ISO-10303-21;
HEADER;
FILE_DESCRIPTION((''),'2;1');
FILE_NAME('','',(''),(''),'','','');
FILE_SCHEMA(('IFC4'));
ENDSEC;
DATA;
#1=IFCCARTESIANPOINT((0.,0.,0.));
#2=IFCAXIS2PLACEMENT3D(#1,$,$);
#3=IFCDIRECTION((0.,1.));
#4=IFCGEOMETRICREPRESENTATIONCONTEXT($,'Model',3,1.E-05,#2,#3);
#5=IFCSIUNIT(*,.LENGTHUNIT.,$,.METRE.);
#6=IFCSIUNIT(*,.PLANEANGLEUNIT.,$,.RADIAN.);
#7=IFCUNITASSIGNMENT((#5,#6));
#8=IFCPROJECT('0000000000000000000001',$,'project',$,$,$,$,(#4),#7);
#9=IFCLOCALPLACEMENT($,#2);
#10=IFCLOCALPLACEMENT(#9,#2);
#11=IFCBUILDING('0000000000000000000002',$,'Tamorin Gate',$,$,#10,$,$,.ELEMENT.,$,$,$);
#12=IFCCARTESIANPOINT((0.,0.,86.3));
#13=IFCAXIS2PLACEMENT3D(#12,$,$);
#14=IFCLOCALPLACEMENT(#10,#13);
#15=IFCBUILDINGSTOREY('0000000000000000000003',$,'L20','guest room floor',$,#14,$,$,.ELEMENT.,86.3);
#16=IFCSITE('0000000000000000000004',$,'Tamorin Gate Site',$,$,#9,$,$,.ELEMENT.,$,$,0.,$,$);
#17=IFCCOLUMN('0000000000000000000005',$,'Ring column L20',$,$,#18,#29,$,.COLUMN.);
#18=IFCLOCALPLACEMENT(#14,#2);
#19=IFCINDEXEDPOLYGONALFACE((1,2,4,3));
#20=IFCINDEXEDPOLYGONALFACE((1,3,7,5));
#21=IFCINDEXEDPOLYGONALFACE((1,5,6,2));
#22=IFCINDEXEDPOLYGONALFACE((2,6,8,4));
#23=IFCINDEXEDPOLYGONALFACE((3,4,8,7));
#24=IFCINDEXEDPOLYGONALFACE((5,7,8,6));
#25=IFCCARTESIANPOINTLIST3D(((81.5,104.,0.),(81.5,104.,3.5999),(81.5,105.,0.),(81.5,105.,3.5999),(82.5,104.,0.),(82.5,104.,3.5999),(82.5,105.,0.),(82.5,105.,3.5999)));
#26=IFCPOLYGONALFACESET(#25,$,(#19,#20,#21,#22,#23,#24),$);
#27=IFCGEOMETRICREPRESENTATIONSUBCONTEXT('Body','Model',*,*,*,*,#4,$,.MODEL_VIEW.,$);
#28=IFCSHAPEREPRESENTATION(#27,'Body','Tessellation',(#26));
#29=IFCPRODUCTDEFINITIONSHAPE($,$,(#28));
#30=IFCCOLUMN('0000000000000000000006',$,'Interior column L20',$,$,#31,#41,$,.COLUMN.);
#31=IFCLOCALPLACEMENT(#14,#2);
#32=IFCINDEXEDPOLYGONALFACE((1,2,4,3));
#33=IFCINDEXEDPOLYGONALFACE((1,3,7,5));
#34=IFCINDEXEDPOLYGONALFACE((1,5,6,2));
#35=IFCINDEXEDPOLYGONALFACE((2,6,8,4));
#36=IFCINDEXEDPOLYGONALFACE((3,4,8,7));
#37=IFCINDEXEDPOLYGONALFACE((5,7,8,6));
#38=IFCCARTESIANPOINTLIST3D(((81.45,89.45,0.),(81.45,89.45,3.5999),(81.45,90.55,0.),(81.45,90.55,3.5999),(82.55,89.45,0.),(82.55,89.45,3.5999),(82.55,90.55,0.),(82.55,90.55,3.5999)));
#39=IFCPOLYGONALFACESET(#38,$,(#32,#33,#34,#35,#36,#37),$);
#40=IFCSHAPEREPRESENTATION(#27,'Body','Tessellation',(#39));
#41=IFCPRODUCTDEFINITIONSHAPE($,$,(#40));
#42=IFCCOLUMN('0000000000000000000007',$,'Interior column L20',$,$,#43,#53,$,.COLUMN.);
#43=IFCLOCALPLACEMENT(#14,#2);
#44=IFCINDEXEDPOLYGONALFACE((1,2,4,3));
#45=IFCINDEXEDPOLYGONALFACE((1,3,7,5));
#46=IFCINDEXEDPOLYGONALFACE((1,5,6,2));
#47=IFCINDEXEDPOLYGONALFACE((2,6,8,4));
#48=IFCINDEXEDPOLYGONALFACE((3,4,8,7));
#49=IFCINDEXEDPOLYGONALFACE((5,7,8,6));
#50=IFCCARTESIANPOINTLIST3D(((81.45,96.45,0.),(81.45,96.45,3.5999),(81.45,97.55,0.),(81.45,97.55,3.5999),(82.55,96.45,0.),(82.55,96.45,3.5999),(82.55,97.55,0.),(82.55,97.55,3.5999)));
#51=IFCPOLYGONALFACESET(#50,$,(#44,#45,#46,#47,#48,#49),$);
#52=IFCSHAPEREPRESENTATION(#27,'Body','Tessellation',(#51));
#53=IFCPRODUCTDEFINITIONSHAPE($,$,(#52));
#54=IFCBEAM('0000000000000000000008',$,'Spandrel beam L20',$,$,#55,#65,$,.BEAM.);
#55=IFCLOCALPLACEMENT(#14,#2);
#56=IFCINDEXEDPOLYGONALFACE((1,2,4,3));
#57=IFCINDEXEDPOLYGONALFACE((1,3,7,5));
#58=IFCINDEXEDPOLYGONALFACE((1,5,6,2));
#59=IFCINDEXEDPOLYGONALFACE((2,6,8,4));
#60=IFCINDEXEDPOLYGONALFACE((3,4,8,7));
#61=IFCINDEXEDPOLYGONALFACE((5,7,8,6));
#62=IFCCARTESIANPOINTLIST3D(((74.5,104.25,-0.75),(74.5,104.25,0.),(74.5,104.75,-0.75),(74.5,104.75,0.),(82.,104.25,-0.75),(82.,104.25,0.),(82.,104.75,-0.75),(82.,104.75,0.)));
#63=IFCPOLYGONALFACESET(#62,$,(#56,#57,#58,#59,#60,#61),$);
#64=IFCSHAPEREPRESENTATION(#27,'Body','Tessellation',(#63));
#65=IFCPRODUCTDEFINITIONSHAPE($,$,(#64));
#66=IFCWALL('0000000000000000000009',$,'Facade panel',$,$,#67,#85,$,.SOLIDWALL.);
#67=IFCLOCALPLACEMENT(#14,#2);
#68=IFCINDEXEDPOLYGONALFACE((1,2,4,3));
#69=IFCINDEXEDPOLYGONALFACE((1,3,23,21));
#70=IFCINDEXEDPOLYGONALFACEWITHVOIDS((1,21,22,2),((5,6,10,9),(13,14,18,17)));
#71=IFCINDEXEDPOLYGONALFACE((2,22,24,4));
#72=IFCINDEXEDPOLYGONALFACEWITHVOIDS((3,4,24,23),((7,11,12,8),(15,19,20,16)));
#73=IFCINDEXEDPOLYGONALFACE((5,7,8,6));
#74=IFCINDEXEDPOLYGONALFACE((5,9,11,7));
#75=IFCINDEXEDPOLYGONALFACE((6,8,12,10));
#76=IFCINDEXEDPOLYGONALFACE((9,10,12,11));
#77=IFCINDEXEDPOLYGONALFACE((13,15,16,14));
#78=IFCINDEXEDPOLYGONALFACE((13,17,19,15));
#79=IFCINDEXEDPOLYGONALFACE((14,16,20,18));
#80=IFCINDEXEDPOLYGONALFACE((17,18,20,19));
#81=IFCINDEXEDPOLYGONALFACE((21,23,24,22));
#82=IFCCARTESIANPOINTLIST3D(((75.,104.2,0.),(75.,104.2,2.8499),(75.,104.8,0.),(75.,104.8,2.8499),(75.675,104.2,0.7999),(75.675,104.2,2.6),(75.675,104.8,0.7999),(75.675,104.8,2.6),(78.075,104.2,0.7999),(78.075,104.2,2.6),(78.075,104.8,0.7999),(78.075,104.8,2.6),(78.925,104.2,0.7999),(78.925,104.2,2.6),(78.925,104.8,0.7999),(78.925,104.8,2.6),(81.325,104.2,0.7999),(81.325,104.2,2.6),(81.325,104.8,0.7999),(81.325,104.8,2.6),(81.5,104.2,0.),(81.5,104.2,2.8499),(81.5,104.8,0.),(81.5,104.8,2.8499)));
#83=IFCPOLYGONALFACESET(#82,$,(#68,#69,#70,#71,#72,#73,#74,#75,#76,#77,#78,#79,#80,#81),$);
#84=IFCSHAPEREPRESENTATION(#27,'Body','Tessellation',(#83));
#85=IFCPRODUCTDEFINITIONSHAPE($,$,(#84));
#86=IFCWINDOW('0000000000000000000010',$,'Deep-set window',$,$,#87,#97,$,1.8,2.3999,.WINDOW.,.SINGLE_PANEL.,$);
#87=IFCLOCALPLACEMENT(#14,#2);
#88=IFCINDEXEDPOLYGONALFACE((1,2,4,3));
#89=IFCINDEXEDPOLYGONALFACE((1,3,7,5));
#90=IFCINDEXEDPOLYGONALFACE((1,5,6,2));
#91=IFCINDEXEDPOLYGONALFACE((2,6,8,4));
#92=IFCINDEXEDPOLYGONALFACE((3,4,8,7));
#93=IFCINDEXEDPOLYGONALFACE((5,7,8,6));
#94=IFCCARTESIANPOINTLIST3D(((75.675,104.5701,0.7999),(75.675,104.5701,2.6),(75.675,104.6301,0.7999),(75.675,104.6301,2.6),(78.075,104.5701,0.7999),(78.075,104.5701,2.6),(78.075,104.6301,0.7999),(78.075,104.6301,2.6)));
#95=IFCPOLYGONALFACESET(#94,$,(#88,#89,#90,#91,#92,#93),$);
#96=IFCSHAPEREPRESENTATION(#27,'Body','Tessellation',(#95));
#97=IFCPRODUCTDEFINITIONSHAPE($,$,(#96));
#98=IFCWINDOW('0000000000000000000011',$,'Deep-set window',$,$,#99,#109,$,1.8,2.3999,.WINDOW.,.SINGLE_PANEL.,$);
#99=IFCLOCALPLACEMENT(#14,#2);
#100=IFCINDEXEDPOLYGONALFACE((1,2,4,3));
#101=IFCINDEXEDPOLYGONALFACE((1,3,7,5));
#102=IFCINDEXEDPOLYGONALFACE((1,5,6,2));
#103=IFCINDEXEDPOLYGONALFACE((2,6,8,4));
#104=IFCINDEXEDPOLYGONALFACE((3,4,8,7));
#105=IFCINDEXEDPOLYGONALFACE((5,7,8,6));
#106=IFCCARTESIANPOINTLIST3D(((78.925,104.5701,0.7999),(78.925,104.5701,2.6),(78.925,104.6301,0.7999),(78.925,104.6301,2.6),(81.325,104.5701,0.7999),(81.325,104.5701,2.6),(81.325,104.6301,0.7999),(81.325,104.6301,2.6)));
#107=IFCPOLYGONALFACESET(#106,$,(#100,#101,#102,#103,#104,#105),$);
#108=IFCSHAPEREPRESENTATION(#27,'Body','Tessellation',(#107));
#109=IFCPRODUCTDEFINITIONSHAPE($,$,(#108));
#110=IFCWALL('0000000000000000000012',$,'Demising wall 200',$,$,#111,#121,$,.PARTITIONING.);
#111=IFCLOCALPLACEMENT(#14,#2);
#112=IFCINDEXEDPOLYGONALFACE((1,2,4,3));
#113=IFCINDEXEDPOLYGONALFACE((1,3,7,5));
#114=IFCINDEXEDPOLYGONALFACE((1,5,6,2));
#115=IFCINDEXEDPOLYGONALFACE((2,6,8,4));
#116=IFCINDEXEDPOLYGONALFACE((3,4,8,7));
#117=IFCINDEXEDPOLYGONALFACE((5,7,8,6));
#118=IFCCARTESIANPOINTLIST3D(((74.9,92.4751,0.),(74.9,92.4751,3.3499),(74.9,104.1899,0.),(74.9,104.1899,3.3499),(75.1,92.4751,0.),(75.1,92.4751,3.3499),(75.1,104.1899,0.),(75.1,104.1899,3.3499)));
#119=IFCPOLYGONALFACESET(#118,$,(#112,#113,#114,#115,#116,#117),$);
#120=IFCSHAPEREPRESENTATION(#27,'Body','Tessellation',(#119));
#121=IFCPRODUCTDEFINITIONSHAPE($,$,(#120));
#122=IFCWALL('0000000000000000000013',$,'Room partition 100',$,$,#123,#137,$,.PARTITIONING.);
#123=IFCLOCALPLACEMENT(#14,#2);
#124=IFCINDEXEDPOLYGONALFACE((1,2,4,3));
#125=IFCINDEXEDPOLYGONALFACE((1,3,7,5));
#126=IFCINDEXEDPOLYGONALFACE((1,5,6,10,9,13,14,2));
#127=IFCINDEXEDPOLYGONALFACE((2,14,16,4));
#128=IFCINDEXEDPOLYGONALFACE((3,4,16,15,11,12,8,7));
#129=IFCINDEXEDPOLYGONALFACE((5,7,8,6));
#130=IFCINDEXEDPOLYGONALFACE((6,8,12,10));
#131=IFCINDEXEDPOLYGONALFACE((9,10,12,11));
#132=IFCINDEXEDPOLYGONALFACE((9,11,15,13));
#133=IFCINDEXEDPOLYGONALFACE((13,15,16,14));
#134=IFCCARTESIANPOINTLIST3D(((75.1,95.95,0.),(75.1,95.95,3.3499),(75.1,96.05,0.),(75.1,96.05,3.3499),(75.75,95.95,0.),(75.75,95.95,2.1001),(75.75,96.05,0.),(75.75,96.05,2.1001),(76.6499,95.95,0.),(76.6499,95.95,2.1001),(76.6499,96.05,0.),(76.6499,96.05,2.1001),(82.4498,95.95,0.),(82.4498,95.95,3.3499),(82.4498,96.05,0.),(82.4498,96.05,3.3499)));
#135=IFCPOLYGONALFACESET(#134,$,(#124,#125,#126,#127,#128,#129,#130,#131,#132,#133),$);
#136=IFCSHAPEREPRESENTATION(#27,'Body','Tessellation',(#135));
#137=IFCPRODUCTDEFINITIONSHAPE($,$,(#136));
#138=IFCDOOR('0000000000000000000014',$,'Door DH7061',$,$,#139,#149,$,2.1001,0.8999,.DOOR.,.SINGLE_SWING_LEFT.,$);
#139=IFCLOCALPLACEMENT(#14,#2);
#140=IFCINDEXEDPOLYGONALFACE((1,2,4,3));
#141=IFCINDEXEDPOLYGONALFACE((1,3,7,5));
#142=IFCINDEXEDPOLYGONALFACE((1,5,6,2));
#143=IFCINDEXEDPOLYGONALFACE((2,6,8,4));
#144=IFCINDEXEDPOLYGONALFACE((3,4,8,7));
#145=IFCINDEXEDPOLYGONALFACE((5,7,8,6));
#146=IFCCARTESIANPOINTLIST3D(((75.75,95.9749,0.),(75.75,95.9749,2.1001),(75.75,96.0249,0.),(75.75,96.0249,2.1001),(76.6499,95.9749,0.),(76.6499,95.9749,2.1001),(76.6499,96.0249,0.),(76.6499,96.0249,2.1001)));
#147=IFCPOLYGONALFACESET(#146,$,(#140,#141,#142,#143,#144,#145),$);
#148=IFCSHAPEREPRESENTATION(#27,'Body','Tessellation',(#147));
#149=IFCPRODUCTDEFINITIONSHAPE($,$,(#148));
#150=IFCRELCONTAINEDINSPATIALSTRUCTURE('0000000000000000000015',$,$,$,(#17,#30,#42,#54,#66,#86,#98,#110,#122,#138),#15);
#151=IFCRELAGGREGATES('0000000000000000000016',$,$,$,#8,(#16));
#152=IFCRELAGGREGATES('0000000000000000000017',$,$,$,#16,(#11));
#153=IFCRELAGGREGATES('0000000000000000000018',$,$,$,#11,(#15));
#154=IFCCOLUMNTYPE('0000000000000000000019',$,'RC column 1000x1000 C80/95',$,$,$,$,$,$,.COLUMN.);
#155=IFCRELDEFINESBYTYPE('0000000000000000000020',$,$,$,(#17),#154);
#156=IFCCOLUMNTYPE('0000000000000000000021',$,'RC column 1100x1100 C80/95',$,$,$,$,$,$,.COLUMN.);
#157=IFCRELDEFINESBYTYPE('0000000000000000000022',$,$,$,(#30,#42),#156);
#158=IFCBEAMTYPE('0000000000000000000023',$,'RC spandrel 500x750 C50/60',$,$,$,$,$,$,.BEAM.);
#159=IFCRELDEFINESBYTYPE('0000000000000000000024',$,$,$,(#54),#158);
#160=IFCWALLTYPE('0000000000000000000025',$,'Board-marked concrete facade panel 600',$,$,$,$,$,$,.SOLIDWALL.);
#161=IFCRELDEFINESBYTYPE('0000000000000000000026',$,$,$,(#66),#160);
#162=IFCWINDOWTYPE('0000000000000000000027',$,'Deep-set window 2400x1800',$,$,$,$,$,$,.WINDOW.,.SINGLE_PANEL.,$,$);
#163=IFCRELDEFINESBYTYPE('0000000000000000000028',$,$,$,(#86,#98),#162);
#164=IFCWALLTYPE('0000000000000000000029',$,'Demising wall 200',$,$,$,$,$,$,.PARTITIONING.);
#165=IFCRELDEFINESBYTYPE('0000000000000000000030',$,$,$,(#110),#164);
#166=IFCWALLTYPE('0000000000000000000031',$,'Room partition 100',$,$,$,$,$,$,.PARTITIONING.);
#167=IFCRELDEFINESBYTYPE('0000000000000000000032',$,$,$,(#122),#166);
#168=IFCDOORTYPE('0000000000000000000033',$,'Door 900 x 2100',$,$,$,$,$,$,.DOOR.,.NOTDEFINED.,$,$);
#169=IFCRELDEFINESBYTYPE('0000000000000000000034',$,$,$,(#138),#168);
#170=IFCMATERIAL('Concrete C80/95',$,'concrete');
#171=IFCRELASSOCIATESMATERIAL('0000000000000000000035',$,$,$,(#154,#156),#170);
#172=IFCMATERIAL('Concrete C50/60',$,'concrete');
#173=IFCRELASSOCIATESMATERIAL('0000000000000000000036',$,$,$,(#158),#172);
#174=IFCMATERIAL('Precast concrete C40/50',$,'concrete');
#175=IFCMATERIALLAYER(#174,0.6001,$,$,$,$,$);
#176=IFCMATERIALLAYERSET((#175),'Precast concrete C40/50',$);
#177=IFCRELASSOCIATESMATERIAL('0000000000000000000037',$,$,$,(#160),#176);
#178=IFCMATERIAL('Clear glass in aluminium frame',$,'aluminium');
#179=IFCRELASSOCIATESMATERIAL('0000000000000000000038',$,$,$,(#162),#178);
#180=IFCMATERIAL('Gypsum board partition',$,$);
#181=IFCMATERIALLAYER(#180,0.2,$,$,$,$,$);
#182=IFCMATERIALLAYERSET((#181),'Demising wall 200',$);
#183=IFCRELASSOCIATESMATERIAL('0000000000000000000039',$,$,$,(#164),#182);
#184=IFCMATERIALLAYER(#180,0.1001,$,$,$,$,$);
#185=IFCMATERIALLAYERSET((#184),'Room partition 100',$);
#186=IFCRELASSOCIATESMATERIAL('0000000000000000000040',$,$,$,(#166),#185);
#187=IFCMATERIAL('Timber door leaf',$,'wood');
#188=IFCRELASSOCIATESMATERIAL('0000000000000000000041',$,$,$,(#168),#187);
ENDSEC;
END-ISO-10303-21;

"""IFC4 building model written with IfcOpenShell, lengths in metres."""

from ifc_helpers import new_model, si_unit, direction, frame, frame_2d, origin, origin_2d, place, context, subcontext, project, spatial, rectangle, extrude, material, layer, layer_set, material_profile, profile_set, type_object, element, fill, save


model = new_model("IFC4")

# Units and contexts
model_context = context("Model", 3, precision=1e-05, world=origin(), true_north=direction((0.0, 1.0)))
body_context = subcontext(model_context, "Body", "Model", "MODEL_VIEW")
ifc_project = project(units=[si_unit("LENGTHUNIT", "METRE"), si_unit("PLANEANGLEUNIT", "RADIAN")], contexts=[model_context])

# Site, building, storey
site_placement = place(None, origin())
site = spatial("IfcSite", under=ifc_project, at=site_placement, Name="Tamorin Gate Site", CompositionType="ELEMENT", RefElevation=0.0)
building_placement = place(site_placement, origin())
building = spatial("IfcBuilding", under=site, at=building_placement, Name="Tamorin Gate", CompositionType="ELEMENT")
storey_placement = place(building_placement, frame((0.0, 0.0, 86.3)))
storey = spatial("IfcBuildingStorey", under=building, at=storey_placement, Name="L20", Description="guest room floor", CompositionType="ELEMENT", Elevation=86.3)

# Columns
ifc_material_1 = material(Name="Concrete C80/95", Category="concrete")
ifc_material_profile_1 = material_profile(ifc_material_1, rectangle(XDim=1.0, YDim=1.0, at=origin_2d()), Name="RC 1000x1000")
ifc_profile_set_1 = profile_set([ifc_material_profile_1], Name="Concrete C80/95")
column_type_1 = type_object("IfcColumnType", Name="RC column 1000x1000 C80/95", PredefinedType="COLUMN", material=ifc_profile_set_1)
column_placement = place(storey_placement, frame((82.0, 104.5, 0.0), z_axis=(0.0, 0.0, 1.0), x_axis=(1.0, 0.0, 0.0)))
element("IfcColumn", 1, at=column_placement, inside=storey, type_object=column_type_1, Name="Ring column L20", PredefinedType="COLUMN", context=body_context, shape_type="SweptSolid", body=[
    extrude(rectangle(XDim=1.0, YDim=1.0, at=origin_2d()), origin(), (0.0, 0.0, 1.0), 3.5999),
])
ifc_material_profile_2 = material_profile(ifc_material_1, rectangle(XDim=1.1001, YDim=1.1001, at=origin_2d()), Name="RC 1100x1100")
ifc_profile_set_2 = profile_set([ifc_material_profile_2], Name="Concrete C80/95")
column_type_2 = type_object("IfcColumnType", Name="RC column 1100x1100 C80/95", PredefinedType="COLUMN", material=ifc_profile_set_2)
for number, where, z_axis, x_axis, name in (
    (2, (82.0, 90.0, 0.0), (0.0, 0.0, 1.0), (1.0, 0.0, 0.0), "Interior column L20"),
    (3, (82.0, 97.0, 0.0), (0.0, 0.0, 1.0), (1.0, 0.0, 0.0), "Interior column L20"),
):
    element("IfcColumn", number, at=place(storey_placement, frame(where, z_axis=z_axis, x_axis=x_axis)), inside=storey, type_object=column_type_2, Name=name, PredefinedType="COLUMN", context=body_context, shape_type="SweptSolid", body=[
        extrude(rectangle(XDim=1.1001, YDim=1.1001, at=origin_2d()), origin(), (0.0, 0.0, 1.0), 3.5999),
    ])

# Beam
ifc_material_2 = material(Name="Concrete C50/60", Category="concrete")
ifc_material_profile_3 = material_profile(ifc_material_2, rectangle(XDim=0.5, YDim=0.75, at=origin_2d()), Name="RC 500x750")
ifc_profile_set_3 = profile_set([ifc_material_profile_3], Name="Concrete C50/60")
beam_type = type_object("IfcBeamType", Name="RC spandrel 500x750 C50/60", PredefinedType="BEAM", material=ifc_profile_set_3)
beam_placement = place(storey_placement, frame((82.0, 104.5, -0.375), z_axis=(-1.0, 0.0, 0.0), x_axis=(0.0, -1.0, 0.0)))
element("IfcBeam", 4, at=beam_placement, inside=storey, type_object=beam_type, Name="Spandrel beam L20", PredefinedType="BEAM", context=body_context, shape_type="SweptSolid", body=[
    extrude(rectangle(XDim=0.5, YDim=0.75, at=origin_2d()), origin(), (0.0, 0.0, 1.0), 7.5),
])

# Wall, openings, windows
ifc_material_3 = material(Name="Precast concrete C40/50", Category="concrete")
ifc_layer_1 = layer(ifc_material_3, 0.6001)
ifc_layer_set_1 = layer_set([ifc_layer_1], Name="Precast concrete C40/50")
wall_type_1 = type_object("IfcWallType", Name="Board-marked concrete facade panel 600", PredefinedType="SOLIDWALL", material=ifc_layer_set_1)
wall_1_placement = place(storey_placement, frame((81.5, 104.5, 0.0), z_axis=(0.0, 0.0, 1.0), x_axis=(-1.0, 0.0, 0.0)))
wall_1 = element("IfcWall", 5, at=wall_1_placement, inside=storey, type_object=wall_type_1, Name="Facade panel", PredefinedType="SOLIDWALL", context=body_context, shape_type="SweptSolid", body=[
    extrude(rectangle(XDim=6.5, YDim=0.6001, at=frame_2d((3.25, 0.0))), origin(), (0.0, 0.0, 1.0), 2.8499),
])
opening_1_placement = place(wall_1_placement, frame((3.425, 0.0, 0.8)))
opening_1 = element("IfcOpeningElement", 6, at=opening_1_placement, cuts=wall_1, PredefinedType="OPENING", context=body_context, shape_type="SweptSolid", body=[
    extrude(rectangle(XDim=2.3999, YDim=1.8, at=frame_2d((1.2, 0.8999))), frame((0.0, 0.3101, 0.0), z_axis=(0.0, -1.0, 0.0), x_axis=(1.0, 0.0, 0.0)), (0.0, 0.0, 1.0), 0.6201),
])
opening_2_placement = place(wall_1_placement, frame((0.175, 0.0, 0.8)))
opening_2 = element("IfcOpeningElement", 7, at=opening_2_placement, cuts=wall_1, PredefinedType="OPENING", context=body_context, shape_type="SweptSolid", body=[
    extrude(rectangle(XDim=2.3999, YDim=1.8, at=frame_2d((1.2, 0.8999))), frame((0.0, 0.3101, 0.0), z_axis=(0.0, -1.0, 0.0), x_axis=(1.0, 0.0, 0.0)), (0.0, 0.0, 1.0), 0.6201),
])
ifc_material_4 = material(Name="Clear glass in aluminium frame", Category="aluminium")
window_type = type_object("IfcWindowType", Name="Deep-set window 2400x1800", PartitioningType="SINGLE_PANEL", PredefinedType="WINDOW", material=ifc_material_4)
window_1_placement = place(opening_1_placement, origin())
window_1 = element("IfcWindow", 8, at=window_1_placement, inside=storey, type_object=window_type, Name="Deep-set window", OverallHeight=1.8, OverallWidth=2.3999, PartitioningType="SINGLE_PANEL", PredefinedType="WINDOW", context=body_context, shape_type="SweptSolid", body=[
    extrude(rectangle(XDim=2.3999, YDim=1.8, at=frame_2d((1.2, 0.8999))), frame((0.0, -0.0701, 0.0), z_axis=(0.0, -1.0, 0.0), x_axis=(1.0, 0.0, 0.0)), (0.0, 0.0, 1.0), 0.0601),
])
fill(opening_1, window_1)
window_2_placement = place(opening_2_placement, origin())
window_2 = element("IfcWindow", 9, at=window_2_placement, inside=storey, type_object=window_type, Name="Deep-set window", OverallHeight=1.8, OverallWidth=2.3999, PartitioningType="SINGLE_PANEL", PredefinedType="WINDOW", context=body_context, shape_type="SweptSolid", body=[
    extrude(rectangle(XDim=2.3999, YDim=1.8, at=frame_2d((1.2, 0.8999))), frame((0.0, -0.0701, 0.0), z_axis=(0.0, -1.0, 0.0), x_axis=(1.0, 0.0, 0.0)), (0.0, 0.0, 1.0), 0.0601),
])
fill(opening_2, window_2)

# Wall
ifc_material_5 = material(Name="Gypsum board partition")
ifc_layer_2 = layer(ifc_material_5, 0.2)
ifc_layer_set_2 = layer_set([ifc_layer_2], Name="Demising wall 200")
wall_type_2 = type_object("IfcWallType", Name="Demising wall 200", PredefinedType="PARTITIONING", material=ifc_layer_set_2)
wall_2_placement = place(storey_placement, frame((75.0, 92.4751, 0.0), z_axis=(0.0, 0.0, 1.0), x_axis=(0.0, 1.0, 0.0)))
element("IfcWall", 10, at=wall_2_placement, inside=storey, type_object=wall_type_2, Name="Demising wall 200", PredefinedType="PARTITIONING", context=body_context, shape_type="SweptSolid", body=[
    extrude(rectangle(XDim=11.7148, YDim=0.2, at=frame_2d((5.8574, 0.0))), origin(), (0.0, 0.0, 1.0), 3.3499),
])

# Wall, opening, door
ifc_layer_3 = layer(ifc_material_5, 0.1001)
ifc_layer_set_3 = layer_set([ifc_layer_3], Name="Room partition 100")
wall_type_3 = type_object("IfcWallType", Name="Room partition 100", PredefinedType="PARTITIONING", material=ifc_layer_set_3)
wall_3_placement = place(storey_placement, frame((75.1001, 96.0, 0.0), z_axis=(0.0, 0.0, 1.0), x_axis=(1.0, 0.0, 0.0)))
wall_3 = element("IfcWall", 11, at=wall_3_placement, inside=storey, type_object=wall_type_3, Name="Room partition 100", PredefinedType="PARTITIONING", context=body_context, shape_type="SweptSolid", body=[
    extrude(rectangle(XDim=7.3499, YDim=0.1001, at=frame_2d((3.6748, 0.0))), origin(), (0.0, 0.0, 1.0), 3.3499),
])
opening_3_placement = place(wall_3_placement, frame((0.6499, 0.0, 0.0)))
opening_3 = element("IfcOpeningElement", 12, at=opening_3_placement, cuts=wall_3, PredefinedType="OPENING", context=body_context, shape_type="SweptSolid", body=[
    extrude(rectangle(XDim=0.8999, YDim=2.1001, at=frame_2d((0.45, 1.05))), frame((0.0, 0.0601, 0.0), z_axis=(0.0, -1.0, 0.0), x_axis=(1.0, 0.0, 0.0)), (0.0, 0.0, 1.0), 0.1201),
])
ifc_material_6 = material(Name="Timber door leaf", Category="wood")
door_type = type_object("IfcDoorType", Name="Door 900 x 2100", OperationType="NOTDEFINED", PredefinedType="DOOR", material=ifc_material_6)
door_1_placement = place(opening_3_placement, origin())
door_1 = element("IfcDoor", 13, at=door_1_placement, inside=storey, type_object=door_type, Name="Door DH7061", OperationType="SINGLE_SWING_LEFT", OverallHeight=2.1001, OverallWidth=0.8999, PredefinedType="DOOR", context=body_context, shape_type="SweptSolid", body=[
    extrude(rectangle(XDim=0.8999, YDim=2.1001, at=frame_2d((0.45, 1.05))), frame((0.0, 0.0249, 0.0), z_axis=(0.0, -1.0, 0.0), x_axis=(1.0, 0.0, 0.0)), (0.0, 0.0, 1.0), 0.05),
])
fill(opening_3, door_1)

save(model, "model.ifc")
